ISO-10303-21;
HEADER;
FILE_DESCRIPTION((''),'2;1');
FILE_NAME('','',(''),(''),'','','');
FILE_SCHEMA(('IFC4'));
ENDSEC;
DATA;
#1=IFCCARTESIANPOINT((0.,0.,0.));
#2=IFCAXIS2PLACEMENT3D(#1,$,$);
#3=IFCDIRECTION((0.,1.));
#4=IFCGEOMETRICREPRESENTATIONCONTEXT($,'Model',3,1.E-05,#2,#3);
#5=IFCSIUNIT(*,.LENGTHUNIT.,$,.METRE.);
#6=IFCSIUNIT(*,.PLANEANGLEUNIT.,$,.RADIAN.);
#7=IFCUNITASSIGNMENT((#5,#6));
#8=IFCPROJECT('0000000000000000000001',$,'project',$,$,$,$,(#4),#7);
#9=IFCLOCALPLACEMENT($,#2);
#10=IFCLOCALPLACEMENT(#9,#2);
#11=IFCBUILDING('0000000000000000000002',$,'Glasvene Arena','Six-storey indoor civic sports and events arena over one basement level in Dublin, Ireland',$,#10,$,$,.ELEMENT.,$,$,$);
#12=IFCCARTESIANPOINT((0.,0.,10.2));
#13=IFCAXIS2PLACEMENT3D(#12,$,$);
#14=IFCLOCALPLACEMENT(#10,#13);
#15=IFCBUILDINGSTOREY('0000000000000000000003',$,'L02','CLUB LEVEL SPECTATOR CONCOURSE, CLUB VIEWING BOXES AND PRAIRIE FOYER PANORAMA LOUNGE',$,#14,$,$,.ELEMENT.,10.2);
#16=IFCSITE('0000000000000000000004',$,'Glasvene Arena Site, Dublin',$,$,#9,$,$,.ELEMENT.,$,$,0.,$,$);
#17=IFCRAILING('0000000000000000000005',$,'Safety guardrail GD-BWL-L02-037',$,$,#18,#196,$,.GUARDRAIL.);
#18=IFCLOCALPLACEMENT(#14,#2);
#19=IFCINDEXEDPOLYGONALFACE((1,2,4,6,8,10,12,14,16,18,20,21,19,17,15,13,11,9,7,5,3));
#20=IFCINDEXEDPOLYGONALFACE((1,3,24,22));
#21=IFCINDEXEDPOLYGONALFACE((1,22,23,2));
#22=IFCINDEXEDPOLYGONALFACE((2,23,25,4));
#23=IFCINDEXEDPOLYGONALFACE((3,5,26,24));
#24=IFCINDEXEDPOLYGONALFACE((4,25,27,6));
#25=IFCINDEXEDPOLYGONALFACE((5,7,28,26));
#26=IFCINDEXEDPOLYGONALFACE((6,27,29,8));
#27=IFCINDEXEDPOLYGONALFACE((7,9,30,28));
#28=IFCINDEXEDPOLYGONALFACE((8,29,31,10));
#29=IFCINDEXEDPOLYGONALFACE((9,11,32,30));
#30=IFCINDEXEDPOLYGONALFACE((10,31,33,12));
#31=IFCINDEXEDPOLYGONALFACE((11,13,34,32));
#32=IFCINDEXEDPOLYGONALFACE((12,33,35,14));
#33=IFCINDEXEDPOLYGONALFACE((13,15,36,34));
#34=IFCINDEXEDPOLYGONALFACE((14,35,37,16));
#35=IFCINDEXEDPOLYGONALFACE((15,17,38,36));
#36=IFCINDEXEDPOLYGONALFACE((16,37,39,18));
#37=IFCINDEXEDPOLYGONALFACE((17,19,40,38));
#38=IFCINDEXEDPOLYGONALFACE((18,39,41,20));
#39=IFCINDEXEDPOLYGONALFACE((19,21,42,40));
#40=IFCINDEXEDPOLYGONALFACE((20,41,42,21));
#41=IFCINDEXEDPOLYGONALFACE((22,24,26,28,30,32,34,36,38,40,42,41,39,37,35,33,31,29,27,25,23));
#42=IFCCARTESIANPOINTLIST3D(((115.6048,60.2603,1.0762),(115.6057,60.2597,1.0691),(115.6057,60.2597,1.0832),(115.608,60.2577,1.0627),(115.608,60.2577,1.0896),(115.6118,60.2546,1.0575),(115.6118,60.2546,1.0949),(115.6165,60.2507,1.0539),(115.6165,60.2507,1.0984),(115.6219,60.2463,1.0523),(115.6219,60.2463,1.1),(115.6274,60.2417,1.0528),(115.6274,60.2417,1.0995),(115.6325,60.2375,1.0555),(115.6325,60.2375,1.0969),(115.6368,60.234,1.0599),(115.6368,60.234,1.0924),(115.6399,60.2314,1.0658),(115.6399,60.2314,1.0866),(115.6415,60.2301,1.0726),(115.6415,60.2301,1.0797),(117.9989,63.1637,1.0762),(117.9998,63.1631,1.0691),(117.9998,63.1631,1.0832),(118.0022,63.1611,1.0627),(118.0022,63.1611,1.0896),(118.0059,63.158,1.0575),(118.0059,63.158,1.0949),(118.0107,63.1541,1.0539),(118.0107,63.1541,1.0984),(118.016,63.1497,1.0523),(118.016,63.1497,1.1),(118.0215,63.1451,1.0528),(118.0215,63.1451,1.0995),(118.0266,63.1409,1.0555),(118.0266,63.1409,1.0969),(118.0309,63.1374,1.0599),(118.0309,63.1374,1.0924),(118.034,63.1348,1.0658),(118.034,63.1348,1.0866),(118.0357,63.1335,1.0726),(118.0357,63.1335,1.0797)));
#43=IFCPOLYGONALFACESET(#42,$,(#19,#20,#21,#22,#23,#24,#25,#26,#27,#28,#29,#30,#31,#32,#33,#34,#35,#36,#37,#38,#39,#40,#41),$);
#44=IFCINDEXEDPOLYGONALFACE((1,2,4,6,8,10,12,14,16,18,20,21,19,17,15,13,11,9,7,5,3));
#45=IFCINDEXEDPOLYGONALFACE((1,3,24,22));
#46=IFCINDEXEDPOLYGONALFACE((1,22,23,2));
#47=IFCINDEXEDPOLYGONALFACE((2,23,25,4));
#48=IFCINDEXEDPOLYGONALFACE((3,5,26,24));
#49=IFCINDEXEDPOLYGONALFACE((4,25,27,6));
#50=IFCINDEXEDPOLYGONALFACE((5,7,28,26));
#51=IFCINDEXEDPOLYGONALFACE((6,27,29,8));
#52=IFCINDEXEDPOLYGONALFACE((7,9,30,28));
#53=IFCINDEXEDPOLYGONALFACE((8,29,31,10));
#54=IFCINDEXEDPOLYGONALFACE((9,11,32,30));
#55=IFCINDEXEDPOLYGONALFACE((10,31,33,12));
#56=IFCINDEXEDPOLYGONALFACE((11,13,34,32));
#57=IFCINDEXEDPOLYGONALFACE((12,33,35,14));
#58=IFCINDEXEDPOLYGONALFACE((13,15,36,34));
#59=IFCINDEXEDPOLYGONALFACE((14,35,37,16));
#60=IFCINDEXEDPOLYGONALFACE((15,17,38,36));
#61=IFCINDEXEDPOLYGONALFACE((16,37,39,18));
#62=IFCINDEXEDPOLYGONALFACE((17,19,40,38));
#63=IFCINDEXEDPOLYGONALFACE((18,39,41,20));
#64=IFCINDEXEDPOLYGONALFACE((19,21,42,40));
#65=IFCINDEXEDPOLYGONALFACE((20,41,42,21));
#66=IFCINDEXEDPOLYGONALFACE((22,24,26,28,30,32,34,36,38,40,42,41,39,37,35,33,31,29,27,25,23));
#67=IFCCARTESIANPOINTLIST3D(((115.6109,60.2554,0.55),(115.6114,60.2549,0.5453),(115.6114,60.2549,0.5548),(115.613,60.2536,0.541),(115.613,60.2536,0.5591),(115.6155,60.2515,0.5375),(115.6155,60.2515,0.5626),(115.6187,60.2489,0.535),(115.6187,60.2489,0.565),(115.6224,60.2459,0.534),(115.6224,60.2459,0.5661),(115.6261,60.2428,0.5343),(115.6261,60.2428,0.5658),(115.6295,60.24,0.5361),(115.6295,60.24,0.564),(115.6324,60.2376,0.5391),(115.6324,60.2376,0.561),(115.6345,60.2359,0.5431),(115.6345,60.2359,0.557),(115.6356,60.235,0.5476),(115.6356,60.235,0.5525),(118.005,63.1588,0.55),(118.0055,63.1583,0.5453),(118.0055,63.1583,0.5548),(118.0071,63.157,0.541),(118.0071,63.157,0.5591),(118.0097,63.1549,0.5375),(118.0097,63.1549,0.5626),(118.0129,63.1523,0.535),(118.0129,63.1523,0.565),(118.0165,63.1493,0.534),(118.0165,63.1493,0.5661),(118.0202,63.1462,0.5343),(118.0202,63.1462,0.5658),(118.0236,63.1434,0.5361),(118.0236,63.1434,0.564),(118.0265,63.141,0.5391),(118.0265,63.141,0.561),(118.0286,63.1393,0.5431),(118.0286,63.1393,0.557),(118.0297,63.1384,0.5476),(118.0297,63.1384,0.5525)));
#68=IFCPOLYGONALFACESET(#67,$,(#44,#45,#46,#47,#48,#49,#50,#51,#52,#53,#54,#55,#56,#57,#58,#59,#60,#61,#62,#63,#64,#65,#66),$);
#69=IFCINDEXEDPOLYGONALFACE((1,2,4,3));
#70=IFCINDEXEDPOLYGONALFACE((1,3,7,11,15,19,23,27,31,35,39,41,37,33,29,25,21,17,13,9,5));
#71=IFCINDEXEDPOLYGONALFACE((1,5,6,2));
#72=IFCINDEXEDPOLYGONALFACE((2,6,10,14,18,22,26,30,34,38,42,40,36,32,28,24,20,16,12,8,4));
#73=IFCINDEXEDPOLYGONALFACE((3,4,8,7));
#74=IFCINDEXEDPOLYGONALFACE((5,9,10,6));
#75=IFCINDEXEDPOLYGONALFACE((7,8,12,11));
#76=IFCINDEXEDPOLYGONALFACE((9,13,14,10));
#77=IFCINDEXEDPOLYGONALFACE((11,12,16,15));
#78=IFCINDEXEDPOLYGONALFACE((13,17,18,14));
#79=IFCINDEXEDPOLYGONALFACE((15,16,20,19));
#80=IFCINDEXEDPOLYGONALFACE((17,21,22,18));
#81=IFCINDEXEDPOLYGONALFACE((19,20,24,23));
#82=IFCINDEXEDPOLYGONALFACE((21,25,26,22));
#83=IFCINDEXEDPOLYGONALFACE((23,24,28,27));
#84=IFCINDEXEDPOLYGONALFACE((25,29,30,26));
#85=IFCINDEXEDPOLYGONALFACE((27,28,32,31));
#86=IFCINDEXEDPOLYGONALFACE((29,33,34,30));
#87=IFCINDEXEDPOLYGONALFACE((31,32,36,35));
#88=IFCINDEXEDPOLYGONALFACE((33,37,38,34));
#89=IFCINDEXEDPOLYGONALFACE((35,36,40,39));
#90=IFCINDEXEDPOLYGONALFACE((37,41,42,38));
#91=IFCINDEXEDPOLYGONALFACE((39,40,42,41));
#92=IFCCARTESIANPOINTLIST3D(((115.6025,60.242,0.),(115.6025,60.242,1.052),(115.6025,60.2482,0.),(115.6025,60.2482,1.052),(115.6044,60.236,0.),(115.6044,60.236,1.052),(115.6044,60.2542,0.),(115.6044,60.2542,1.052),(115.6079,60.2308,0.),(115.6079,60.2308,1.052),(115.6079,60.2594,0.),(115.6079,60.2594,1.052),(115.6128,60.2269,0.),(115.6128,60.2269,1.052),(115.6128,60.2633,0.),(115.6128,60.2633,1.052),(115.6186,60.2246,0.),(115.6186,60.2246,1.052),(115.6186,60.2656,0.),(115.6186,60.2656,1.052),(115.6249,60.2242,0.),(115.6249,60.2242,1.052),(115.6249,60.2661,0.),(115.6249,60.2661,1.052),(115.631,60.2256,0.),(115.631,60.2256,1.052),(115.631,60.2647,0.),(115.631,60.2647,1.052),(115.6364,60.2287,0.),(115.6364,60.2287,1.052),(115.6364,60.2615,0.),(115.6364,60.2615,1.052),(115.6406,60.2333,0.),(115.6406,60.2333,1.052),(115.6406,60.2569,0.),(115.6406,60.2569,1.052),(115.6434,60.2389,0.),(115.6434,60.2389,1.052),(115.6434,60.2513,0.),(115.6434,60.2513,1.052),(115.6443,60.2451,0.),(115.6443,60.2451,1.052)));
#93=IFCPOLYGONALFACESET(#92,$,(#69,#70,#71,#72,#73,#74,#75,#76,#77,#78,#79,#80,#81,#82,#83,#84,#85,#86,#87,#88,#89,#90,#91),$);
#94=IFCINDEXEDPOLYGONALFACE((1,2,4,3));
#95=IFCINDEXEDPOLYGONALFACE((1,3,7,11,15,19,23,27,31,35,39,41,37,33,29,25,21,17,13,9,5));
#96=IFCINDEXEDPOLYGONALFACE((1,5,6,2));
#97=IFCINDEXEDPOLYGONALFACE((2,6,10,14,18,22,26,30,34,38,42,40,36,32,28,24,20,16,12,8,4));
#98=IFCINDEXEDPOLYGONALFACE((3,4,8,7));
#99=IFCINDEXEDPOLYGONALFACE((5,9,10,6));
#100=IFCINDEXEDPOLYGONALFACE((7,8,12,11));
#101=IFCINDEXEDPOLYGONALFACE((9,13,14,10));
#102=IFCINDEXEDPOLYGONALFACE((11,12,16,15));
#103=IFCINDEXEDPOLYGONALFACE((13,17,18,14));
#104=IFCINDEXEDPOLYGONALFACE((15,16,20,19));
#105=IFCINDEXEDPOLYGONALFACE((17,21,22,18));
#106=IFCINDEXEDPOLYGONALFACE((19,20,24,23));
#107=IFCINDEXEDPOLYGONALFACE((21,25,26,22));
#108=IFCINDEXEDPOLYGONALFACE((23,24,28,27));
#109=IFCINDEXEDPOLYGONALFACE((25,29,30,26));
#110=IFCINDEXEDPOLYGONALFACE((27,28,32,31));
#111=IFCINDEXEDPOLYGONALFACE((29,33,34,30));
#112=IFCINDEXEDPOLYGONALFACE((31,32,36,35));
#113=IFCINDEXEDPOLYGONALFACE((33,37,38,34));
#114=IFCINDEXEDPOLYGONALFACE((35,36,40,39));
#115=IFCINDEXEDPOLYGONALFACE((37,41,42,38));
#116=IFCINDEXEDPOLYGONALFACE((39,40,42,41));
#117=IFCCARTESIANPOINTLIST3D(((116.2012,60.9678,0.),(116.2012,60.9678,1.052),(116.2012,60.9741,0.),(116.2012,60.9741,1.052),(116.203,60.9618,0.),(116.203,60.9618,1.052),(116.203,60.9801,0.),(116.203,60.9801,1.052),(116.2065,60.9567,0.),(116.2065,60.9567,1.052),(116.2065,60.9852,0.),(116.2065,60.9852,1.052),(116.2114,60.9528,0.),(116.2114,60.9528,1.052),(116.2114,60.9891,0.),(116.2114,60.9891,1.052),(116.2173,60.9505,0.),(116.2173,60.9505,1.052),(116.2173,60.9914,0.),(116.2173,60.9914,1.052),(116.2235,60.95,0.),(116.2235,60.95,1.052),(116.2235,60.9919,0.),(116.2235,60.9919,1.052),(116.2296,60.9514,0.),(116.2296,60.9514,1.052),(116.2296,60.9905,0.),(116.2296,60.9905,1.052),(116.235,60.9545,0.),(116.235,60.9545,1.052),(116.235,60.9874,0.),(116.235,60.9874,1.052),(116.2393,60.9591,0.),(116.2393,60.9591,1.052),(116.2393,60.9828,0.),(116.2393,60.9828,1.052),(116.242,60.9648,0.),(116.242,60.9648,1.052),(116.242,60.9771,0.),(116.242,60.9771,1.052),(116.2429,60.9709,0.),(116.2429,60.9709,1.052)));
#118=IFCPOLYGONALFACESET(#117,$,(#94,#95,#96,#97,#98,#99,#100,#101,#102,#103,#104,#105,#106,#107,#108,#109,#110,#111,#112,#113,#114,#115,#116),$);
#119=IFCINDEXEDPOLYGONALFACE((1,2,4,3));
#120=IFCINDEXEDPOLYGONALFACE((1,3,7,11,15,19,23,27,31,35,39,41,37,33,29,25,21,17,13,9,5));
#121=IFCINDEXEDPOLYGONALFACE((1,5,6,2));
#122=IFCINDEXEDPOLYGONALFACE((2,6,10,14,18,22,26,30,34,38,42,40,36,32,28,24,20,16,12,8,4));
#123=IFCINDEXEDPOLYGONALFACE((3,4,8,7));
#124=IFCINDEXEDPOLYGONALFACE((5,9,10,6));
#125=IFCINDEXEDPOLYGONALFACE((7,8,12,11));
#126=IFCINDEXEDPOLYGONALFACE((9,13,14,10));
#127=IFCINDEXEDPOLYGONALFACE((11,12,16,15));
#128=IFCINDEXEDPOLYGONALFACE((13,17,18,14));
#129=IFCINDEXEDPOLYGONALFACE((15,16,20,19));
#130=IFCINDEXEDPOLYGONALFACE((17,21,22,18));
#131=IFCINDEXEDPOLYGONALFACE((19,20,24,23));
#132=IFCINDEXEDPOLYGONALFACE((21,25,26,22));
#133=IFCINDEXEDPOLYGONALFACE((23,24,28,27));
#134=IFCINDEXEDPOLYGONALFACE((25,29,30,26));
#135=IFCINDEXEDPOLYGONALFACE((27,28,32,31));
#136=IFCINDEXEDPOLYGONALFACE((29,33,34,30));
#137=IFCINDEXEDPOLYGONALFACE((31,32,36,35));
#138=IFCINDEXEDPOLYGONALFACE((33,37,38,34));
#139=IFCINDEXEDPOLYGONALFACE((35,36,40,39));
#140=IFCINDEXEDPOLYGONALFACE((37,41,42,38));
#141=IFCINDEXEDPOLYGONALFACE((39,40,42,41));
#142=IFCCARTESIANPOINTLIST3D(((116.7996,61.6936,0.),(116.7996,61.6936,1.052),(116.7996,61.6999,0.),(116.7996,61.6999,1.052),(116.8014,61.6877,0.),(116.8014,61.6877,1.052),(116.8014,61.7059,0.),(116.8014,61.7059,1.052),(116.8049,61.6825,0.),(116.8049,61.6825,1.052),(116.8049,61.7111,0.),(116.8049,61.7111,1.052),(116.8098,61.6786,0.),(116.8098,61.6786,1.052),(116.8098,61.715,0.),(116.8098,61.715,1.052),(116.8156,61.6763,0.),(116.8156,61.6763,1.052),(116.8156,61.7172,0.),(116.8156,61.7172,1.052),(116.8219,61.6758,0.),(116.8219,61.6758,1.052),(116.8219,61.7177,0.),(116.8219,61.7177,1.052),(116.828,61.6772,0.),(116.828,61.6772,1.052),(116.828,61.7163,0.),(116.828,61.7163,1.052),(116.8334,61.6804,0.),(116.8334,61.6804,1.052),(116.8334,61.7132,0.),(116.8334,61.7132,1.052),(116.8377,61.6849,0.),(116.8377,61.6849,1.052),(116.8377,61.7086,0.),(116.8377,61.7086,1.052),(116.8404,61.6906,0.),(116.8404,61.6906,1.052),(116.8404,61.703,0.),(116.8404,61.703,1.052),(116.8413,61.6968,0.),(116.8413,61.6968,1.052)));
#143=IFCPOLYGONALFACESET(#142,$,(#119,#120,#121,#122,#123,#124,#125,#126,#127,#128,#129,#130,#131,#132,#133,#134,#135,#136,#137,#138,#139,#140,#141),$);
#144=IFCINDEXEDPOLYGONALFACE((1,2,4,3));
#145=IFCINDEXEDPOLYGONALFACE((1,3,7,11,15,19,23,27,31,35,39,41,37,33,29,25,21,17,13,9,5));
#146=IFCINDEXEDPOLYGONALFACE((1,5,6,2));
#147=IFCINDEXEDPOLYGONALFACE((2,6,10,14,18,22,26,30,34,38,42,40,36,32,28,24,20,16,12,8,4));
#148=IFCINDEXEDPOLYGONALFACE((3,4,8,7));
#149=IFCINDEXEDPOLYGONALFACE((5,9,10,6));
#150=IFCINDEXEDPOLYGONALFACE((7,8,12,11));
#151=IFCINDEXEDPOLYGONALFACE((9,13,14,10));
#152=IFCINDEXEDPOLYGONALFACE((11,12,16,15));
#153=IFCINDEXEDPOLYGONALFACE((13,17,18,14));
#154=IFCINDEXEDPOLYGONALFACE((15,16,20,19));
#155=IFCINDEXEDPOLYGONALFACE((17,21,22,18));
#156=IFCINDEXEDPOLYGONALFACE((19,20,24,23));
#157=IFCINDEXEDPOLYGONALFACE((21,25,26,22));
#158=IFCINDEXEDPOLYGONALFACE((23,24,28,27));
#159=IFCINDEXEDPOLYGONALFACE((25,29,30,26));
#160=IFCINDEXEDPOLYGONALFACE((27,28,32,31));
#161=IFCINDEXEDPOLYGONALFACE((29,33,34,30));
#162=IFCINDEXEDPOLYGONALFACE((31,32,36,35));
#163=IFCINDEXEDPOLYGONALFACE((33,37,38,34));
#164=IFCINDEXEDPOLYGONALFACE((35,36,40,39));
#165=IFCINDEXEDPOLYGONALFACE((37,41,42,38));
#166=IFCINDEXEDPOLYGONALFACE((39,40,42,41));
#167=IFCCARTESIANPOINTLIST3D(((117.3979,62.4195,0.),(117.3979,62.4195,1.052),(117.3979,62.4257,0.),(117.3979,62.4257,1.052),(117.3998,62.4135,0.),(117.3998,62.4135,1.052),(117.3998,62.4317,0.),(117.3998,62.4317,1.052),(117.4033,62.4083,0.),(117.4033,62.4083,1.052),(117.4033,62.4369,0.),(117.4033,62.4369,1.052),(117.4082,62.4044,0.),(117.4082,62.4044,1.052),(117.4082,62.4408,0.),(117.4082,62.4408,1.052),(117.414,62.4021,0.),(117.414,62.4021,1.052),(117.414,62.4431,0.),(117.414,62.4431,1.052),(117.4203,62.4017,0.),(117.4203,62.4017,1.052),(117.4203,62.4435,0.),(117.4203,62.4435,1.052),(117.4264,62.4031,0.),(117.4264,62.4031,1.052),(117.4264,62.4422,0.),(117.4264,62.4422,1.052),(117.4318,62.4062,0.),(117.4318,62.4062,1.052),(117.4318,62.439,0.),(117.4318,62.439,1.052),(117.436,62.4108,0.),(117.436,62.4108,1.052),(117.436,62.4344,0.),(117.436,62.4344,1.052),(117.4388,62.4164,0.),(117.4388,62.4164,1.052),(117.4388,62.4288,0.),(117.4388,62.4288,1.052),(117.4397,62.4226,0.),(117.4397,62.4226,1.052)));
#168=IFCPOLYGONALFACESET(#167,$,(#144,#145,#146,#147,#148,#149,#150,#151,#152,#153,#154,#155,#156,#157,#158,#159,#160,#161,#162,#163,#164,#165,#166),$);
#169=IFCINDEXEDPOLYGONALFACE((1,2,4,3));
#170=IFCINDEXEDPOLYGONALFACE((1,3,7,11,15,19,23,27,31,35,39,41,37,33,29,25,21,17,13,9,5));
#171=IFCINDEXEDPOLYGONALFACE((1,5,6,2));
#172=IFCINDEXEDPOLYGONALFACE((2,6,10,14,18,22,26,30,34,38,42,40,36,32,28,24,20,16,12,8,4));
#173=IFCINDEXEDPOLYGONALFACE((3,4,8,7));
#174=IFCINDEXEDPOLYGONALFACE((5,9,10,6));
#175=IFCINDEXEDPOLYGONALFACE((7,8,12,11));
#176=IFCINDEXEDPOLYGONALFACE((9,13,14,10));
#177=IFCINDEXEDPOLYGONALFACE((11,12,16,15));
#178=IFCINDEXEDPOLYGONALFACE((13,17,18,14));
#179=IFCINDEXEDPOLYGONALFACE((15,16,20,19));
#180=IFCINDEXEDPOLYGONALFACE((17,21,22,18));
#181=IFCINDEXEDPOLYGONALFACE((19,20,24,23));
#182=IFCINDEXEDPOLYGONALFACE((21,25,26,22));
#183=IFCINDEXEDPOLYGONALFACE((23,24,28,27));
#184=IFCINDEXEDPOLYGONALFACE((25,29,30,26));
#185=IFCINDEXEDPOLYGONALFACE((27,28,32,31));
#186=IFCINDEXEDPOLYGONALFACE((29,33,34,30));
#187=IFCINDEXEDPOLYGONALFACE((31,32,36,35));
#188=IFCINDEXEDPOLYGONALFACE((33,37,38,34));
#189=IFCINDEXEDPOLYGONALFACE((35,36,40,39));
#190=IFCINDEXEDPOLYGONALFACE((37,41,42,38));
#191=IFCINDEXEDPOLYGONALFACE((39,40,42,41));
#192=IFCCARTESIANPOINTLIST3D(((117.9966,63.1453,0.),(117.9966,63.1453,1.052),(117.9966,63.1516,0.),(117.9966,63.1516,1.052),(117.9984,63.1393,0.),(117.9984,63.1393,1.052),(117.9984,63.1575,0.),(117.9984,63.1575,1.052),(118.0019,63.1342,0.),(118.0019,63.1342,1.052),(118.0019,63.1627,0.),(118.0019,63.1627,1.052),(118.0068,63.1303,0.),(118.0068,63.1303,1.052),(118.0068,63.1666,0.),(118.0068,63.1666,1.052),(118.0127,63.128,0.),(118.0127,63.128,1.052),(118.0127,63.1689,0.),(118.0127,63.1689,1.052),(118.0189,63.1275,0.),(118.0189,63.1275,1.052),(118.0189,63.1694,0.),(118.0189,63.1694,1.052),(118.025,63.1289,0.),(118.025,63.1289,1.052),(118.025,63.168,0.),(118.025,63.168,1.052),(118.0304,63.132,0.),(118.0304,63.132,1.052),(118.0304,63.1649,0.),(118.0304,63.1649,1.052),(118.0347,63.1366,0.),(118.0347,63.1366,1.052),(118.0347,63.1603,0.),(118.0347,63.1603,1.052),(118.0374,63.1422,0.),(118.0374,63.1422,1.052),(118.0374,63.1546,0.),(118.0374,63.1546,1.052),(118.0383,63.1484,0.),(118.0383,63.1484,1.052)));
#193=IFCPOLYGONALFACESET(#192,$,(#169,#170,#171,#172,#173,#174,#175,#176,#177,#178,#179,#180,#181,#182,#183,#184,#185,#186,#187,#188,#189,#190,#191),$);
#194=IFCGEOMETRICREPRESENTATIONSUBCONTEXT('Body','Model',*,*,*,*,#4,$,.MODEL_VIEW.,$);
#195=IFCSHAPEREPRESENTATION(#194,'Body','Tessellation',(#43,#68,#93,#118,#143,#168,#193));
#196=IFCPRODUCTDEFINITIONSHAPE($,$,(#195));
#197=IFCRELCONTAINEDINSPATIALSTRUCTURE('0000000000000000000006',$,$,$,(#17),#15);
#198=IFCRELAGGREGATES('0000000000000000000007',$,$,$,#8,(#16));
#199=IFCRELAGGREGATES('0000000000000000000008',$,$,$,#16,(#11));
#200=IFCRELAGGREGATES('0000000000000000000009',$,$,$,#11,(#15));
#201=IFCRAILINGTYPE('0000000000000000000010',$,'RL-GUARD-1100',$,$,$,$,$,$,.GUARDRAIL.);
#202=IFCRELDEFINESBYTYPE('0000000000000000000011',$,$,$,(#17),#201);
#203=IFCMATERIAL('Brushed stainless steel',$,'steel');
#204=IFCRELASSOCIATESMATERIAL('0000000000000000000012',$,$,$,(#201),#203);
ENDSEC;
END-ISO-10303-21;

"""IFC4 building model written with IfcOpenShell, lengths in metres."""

from ifc_helpers import new_model, si_unit, direction, frame, origin, origin_2d, place, context, subcontext, project, spatial, circle, extrude, material, type_object, element, save


model = new_model("IFC4")

# Units and contexts
model_context = context("Model", 3, precision=1e-05, world=origin(), true_north=direction((0.0, 1.0)))
body_context = subcontext(model_context, "Body", "Model", "MODEL_VIEW")
ifc_project = project(units=[si_unit("LENGTHUNIT", "METRE"), si_unit("PLANEANGLEUNIT", "RADIAN")], contexts=[model_context])

# Site, building, storey
site_placement = place(None, origin())
site = spatial("IfcSite", under=ifc_project, at=site_placement, Name="Glasvene Arena Site, Dublin", CompositionType="ELEMENT", RefElevation=0.0)
building_placement = place(site_placement, origin())
building = spatial("IfcBuilding", under=site, at=building_placement, Name="Glasvene Arena", Description="Six-storey indoor civic sports and events arena over one basement level in Dublin, Ireland", CompositionType="ELEMENT")
storey_placement = place(building_placement, frame((0.0, 0.0, 10.2)))
storey = spatial("IfcBuildingStorey", under=building, at=storey_placement, Name="L02", Description="CLUB LEVEL SPECTATOR CONCOURSE, CLUB VIEWING BOXES AND PRAIRIE FOYER PANORAMA LOUNGE", CompositionType="ELEMENT", Elevation=10.2)

# Railing
ifc_material_1 = material(Name="Brushed stainless steel", Category="steel")
railing_type_1 = type_object("IfcRailingType", Name="RL-GUARD-1100", PredefinedType="GUARDRAIL", material=ifc_material_1)
railing_1_placement = place(storey_placement, frame((115.6233, 60.2451, 0.0)))
element("IfcRailing", 1, at=railing_1_placement, inside=storey, type_object=railing_type_1, Name="Safety guardrail GD-BWL-L02-037", PredefinedType="GUARDRAIL", context=body_context, shape_type="SweptSolid", body=[
    extrude(circle(Radius=0.0239, at=origin_2d()), frame((0.0, 0.0, 1.0762), z_axis=(0.636194, 0.771529, 0.0), x_axis=(-0.771529, 0.636194, 0.0)), (0.0, 0.0, 1.0), 3.7632),
    extrude(circle(Radius=0.0161, at=origin_2d()), frame((0.0, 0.0, 0.55), z_axis=(0.636194, 0.771529, 0.0), x_axis=(-0.771529, 0.636194, 0.0)), (0.0, 0.0, 1.0), 3.7632),
    extrude(circle(Radius=0.021, at=origin_2d()), origin(), (0.0, 0.0, 1.0), 1.052),
    extrude(circle(Radius=0.021, at=origin_2d()), frame((0.5986, 0.7258, 0.0)), (0.0, 0.0, 1.0), 1.052),
    extrude(circle(Radius=0.021, at=origin_2d()), frame((1.197, 1.4517, 0.0)), (0.0, 0.0, 1.0), 1.052),
    extrude(circle(Radius=0.021, at=origin_2d()), frame((1.7954, 2.1775, 0.0)), (0.0, 0.0, 1.0), 1.052),
    extrude(circle(Radius=0.021, at=origin_2d()), frame((2.394, 2.9033, 0.0)), (0.0, 0.0, 1.0), 1.052),
])

save(model, "model.ifc")
